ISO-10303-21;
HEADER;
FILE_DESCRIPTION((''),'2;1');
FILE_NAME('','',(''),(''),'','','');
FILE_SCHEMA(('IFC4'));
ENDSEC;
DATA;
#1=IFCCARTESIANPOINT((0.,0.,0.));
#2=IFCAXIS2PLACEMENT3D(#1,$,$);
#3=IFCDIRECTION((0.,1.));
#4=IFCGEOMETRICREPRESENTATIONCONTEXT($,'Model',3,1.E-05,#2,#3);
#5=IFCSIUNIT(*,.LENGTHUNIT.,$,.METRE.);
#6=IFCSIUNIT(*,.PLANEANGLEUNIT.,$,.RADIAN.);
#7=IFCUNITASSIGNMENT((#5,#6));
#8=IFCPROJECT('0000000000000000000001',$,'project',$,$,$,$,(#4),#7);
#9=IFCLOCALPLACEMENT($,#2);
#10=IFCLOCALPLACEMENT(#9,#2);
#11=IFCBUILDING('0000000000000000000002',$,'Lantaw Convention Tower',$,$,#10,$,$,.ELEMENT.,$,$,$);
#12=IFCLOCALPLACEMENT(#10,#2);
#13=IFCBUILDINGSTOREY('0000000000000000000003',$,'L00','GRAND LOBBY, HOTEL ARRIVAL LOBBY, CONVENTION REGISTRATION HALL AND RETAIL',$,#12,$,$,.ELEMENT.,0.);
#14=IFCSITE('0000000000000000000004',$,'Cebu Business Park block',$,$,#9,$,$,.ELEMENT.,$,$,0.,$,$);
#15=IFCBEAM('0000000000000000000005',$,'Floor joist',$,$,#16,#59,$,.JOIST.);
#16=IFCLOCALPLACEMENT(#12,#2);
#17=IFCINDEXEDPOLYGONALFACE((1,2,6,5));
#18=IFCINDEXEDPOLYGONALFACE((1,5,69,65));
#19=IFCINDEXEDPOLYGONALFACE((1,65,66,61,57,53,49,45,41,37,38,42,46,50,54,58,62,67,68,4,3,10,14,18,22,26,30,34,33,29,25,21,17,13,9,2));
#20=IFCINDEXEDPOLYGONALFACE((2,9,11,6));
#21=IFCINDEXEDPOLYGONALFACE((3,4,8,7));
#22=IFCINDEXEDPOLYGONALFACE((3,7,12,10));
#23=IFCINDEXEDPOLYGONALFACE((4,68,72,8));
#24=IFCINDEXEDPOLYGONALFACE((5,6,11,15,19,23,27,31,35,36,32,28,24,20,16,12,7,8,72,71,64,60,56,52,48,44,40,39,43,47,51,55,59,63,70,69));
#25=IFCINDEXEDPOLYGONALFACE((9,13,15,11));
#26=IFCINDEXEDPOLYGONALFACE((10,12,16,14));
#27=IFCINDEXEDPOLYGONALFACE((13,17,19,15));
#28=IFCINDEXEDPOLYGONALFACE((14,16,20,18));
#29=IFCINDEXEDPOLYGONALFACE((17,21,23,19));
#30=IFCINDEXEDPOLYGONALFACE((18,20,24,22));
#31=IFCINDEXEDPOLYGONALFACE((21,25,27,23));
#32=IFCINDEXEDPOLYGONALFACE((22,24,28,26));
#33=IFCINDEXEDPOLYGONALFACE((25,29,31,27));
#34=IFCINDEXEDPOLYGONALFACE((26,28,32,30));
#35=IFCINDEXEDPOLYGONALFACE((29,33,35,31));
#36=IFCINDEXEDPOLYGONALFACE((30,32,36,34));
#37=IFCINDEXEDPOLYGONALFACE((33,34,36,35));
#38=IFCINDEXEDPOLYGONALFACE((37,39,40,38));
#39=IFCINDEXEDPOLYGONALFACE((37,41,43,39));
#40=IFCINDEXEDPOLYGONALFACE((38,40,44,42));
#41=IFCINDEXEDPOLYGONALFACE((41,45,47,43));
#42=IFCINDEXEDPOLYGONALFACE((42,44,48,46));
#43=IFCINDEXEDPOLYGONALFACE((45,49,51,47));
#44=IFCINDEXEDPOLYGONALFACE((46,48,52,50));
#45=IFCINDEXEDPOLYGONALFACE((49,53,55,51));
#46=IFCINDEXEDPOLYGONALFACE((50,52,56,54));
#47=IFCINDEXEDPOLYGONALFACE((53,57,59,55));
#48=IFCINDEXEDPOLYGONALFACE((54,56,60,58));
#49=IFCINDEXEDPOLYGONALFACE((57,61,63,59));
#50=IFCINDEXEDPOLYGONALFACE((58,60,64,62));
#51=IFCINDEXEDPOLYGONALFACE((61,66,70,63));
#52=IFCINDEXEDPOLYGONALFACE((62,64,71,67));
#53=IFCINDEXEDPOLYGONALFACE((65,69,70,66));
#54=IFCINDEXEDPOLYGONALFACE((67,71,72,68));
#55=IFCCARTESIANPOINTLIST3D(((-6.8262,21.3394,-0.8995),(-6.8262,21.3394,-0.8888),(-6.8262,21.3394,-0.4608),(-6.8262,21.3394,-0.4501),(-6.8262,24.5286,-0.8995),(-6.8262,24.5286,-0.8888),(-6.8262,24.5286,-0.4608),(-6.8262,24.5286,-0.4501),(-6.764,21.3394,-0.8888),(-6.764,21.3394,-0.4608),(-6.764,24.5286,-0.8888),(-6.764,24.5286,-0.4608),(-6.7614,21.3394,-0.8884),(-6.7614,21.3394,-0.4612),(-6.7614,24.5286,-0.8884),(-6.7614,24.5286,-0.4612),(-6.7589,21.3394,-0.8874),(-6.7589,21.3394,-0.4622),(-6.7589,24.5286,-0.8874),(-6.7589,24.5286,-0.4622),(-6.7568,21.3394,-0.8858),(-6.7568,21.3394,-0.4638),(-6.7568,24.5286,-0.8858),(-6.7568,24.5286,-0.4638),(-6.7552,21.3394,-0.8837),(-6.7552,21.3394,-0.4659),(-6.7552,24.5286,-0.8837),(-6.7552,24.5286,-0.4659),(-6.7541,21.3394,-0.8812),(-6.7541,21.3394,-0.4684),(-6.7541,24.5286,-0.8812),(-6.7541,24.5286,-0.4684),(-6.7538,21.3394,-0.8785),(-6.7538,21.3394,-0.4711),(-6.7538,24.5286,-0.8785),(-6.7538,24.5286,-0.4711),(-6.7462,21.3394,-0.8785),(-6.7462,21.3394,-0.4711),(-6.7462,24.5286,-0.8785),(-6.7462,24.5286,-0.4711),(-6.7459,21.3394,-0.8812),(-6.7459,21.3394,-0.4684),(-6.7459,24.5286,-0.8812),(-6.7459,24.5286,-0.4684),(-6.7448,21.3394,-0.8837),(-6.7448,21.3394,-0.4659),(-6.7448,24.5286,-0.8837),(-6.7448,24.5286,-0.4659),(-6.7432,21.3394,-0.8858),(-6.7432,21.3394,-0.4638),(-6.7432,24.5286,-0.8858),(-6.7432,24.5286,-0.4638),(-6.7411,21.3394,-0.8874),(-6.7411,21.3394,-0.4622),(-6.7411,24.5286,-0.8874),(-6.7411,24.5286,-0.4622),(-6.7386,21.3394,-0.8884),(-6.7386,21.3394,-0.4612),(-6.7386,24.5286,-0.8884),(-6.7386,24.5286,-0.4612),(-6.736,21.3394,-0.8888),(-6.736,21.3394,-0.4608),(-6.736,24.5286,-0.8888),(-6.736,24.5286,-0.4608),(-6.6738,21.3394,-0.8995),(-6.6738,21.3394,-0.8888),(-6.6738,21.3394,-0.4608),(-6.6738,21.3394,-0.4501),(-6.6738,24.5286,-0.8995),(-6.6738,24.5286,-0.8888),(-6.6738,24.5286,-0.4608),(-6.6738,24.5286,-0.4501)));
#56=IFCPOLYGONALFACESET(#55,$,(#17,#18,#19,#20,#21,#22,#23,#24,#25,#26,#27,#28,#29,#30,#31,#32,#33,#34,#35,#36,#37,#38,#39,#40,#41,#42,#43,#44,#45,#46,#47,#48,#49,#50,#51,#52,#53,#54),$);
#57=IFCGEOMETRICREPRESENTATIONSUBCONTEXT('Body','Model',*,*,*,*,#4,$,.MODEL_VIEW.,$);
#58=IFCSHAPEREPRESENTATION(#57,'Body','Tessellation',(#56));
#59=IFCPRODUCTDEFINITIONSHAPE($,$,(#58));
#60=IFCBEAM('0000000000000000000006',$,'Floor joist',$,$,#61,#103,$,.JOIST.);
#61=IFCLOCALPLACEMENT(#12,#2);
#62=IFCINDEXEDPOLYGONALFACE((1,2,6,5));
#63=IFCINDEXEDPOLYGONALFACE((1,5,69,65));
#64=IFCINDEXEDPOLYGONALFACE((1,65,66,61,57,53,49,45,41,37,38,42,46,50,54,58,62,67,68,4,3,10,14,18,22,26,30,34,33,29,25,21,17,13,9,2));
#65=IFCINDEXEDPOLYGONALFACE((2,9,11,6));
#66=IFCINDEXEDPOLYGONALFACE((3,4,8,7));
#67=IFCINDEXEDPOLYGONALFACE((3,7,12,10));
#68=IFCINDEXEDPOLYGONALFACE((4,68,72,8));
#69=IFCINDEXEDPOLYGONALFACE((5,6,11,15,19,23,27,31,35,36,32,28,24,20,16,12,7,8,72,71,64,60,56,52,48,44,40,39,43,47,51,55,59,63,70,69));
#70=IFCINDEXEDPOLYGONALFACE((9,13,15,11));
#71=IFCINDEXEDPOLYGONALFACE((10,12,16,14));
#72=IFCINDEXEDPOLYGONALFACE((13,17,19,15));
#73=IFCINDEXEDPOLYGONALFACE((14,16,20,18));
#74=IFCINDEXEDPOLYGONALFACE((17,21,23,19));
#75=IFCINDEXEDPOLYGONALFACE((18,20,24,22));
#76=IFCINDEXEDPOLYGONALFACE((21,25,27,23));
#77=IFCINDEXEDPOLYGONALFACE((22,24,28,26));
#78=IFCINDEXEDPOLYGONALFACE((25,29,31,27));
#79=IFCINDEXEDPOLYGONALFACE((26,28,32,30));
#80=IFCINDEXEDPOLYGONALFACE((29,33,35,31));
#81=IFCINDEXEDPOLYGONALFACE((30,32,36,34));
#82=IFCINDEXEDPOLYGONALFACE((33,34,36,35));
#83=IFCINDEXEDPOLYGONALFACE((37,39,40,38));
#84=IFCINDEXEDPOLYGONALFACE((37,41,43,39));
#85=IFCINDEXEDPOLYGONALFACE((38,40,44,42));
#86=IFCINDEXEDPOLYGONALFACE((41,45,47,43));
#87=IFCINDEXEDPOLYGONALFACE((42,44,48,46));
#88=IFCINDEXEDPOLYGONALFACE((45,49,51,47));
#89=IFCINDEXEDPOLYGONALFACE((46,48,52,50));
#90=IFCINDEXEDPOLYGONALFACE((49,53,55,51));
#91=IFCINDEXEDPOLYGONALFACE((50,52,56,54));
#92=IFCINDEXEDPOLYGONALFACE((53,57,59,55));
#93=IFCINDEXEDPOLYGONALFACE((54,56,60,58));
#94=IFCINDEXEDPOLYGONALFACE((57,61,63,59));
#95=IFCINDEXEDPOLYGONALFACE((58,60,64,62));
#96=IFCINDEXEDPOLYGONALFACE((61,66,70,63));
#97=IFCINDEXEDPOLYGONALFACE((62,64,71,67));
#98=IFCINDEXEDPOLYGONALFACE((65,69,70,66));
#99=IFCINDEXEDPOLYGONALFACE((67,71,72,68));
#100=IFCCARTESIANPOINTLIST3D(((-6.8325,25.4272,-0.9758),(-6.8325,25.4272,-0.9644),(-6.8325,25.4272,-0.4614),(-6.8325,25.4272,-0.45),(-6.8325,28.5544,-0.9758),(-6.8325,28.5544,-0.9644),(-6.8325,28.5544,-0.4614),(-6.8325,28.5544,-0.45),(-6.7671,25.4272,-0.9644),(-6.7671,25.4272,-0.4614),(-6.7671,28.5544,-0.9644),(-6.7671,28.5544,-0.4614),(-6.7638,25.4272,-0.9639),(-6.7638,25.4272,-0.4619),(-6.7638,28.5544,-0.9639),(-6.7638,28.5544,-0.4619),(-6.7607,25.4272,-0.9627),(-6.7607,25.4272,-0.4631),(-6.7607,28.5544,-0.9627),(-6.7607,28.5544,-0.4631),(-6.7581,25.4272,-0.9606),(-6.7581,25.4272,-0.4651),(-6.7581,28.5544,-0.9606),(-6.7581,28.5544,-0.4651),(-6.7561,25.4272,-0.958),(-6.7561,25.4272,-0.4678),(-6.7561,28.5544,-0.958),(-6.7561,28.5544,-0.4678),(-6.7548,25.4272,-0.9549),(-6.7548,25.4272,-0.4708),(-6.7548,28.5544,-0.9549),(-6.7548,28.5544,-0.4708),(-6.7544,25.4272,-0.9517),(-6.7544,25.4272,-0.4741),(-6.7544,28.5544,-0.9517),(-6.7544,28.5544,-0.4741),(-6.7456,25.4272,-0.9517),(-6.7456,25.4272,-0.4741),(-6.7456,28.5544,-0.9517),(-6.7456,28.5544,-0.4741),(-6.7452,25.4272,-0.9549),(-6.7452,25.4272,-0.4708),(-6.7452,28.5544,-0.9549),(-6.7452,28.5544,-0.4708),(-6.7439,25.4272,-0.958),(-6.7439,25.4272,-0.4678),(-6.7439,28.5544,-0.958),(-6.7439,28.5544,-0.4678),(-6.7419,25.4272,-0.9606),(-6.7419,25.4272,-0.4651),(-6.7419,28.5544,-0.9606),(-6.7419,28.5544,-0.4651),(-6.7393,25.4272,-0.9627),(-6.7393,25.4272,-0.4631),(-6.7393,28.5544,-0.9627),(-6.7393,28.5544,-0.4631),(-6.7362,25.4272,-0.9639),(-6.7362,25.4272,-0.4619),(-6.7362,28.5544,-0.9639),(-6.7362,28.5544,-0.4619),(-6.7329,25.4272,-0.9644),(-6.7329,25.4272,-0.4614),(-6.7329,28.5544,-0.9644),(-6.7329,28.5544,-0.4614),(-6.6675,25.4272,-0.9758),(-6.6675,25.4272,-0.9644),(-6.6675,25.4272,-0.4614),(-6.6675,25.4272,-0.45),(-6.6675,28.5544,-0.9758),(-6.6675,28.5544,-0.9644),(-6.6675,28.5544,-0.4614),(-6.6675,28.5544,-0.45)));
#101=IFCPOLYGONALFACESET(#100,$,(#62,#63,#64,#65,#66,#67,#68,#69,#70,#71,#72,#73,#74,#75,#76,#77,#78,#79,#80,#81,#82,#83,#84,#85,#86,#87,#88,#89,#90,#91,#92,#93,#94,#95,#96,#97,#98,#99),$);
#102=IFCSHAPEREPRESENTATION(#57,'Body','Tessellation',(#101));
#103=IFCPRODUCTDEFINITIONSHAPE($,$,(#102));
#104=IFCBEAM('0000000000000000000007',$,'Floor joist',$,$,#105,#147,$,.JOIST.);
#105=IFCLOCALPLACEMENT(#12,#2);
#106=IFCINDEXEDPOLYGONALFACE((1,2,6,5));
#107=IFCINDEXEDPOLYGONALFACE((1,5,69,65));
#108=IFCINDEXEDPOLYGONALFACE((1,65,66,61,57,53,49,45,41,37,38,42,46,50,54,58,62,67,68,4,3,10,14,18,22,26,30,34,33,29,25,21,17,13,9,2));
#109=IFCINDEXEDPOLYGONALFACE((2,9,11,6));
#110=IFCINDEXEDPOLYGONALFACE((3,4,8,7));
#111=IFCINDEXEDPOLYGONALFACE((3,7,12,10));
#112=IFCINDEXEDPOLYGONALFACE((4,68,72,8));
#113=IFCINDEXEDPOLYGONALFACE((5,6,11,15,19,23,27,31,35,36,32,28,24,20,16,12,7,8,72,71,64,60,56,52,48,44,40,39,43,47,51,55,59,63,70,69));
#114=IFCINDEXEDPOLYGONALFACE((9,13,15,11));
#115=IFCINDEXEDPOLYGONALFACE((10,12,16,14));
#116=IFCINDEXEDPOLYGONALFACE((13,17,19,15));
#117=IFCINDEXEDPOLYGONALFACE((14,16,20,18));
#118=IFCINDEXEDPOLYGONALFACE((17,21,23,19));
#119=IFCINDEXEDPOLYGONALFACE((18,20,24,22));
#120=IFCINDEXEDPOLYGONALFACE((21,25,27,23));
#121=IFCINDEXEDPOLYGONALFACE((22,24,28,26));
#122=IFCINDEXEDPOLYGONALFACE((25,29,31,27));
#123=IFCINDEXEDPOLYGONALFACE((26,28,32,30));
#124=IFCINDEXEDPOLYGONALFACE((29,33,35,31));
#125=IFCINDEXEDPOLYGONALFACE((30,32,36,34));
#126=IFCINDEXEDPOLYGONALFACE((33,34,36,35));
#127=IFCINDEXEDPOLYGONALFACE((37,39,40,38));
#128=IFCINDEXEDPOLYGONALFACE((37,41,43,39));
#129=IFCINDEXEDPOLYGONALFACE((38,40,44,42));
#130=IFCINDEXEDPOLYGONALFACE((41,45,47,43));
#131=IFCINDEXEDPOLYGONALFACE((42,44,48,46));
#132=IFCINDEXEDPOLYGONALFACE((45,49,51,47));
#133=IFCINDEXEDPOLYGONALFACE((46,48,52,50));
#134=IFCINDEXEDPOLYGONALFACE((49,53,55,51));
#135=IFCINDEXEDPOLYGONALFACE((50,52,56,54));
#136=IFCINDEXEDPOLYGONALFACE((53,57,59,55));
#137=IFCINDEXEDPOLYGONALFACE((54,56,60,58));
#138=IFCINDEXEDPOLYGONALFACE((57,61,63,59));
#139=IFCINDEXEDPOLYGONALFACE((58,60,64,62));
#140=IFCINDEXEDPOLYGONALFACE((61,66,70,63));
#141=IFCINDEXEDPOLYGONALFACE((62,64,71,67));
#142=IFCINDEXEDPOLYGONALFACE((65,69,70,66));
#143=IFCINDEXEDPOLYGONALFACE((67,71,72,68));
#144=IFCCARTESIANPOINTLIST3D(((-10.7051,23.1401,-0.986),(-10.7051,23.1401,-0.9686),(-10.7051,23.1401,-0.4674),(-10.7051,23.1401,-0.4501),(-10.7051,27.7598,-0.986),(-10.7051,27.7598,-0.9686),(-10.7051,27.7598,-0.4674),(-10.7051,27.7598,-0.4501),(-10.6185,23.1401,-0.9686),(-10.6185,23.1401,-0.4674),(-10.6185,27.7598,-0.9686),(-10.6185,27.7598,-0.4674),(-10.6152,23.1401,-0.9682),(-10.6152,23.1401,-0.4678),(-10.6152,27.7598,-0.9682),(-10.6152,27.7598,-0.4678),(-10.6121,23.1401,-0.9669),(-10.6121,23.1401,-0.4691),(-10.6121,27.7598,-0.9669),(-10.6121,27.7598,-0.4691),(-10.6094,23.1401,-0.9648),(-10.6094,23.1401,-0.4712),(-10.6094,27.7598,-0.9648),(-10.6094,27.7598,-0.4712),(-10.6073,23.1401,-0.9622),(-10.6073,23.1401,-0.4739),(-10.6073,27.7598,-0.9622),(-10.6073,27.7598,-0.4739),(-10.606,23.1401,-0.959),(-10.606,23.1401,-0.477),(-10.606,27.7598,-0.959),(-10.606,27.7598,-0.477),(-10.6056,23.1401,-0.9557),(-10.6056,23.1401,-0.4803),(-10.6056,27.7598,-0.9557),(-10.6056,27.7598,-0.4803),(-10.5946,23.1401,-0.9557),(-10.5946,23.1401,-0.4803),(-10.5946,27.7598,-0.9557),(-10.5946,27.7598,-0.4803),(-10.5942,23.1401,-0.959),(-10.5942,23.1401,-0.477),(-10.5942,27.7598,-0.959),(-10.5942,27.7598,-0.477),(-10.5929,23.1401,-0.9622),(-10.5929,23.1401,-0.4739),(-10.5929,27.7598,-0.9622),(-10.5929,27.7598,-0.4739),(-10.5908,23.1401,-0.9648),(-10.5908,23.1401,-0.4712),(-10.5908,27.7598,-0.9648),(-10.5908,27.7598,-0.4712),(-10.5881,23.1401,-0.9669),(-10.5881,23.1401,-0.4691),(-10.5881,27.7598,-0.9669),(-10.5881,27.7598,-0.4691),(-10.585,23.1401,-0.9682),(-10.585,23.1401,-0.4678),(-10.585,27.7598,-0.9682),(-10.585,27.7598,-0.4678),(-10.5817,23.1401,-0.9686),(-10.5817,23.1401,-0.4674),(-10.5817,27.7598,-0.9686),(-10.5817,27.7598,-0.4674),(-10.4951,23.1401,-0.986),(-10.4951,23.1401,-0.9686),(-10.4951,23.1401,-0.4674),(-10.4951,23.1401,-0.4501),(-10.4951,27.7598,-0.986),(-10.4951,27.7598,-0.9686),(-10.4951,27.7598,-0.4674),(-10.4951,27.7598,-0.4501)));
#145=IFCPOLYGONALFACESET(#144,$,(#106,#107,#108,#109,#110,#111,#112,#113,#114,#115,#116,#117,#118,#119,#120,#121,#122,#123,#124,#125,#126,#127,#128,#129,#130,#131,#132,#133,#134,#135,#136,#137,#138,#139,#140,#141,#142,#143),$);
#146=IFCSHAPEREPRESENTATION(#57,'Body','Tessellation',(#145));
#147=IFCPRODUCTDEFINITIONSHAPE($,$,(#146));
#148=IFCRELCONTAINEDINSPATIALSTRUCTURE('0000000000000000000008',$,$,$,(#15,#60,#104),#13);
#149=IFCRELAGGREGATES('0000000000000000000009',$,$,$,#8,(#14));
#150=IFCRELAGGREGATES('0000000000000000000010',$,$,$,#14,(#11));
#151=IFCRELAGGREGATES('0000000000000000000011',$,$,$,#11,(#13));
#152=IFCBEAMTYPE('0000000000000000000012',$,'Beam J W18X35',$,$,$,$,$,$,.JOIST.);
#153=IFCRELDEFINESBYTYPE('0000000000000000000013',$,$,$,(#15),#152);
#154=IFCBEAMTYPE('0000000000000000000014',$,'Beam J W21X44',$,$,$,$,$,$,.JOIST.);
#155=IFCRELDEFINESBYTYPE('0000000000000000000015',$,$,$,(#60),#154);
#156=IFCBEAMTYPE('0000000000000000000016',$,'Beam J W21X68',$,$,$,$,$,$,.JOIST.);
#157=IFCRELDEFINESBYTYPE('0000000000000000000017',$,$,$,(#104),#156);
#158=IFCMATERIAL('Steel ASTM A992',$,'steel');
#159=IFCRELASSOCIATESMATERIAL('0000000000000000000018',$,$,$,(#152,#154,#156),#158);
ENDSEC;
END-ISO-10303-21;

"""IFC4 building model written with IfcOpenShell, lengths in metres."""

from ifc_helpers import new_model, si_unit, direction, frame, origin, origin_2d, place, context, subcontext, project, spatial, i_section, extrude, material, material_profile, profile_set, type_object, element, save


model = new_model("IFC4")

# Units and contexts
model_context = context("Model", 3, precision=1e-05, world=origin(), true_north=direction((0.0, 1.0)))
body_context = subcontext(model_context, "Body", "Model", "MODEL_VIEW")
ifc_project = project(units=[si_unit("LENGTHUNIT", "METRE"), si_unit("PLANEANGLEUNIT", "RADIAN")], contexts=[model_context])

# Site, building, storey
site_placement = place(None, origin())
site = spatial("IfcSite", under=ifc_project, at=site_placement, Name="Cebu Business Park block", CompositionType="ELEMENT", RefElevation=0.0)
building_placement = place(site_placement, origin())
building = spatial("IfcBuilding", under=site, at=building_placement, Name="Lantaw Convention Tower", CompositionType="ELEMENT")
storey_placement = place(building_placement, origin())
storey = spatial("IfcBuildingStorey", under=building, at=storey_placement, Name="L00", Description="GRAND LOBBY, HOTEL ARRIVAL LOBBY, CONVENTION REGISTRATION HALL AND RETAIL", CompositionType="ELEMENT", Elevation=0.0)

# Beams
ifc_material_1 = material(Name="Steel ASTM A992", Category="steel")
ifc_material_profile_1 = material_profile(ifc_material_1, i_section(OverallWidth=0.1523, OverallDepth=0.4495, WebThickness=0.0076, FlangeThickness=0.0107, FilletRadius=0.0103, at=origin_2d()), Name="W18X35")
ifc_profile_set_1 = profile_set([ifc_material_profile_1], Name="Steel ASTM A992")
beam_type_1 = type_object("IfcBeamType", Name="Beam J W18X35", PredefinedType="JOIST", material=ifc_profile_set_1)
beam_1_placement = place(storey_placement, frame((-6.75, 21.3394, -0.6748), z_axis=(0.0, 1.0, 0.0), x_axis=(-1.0, 0.0, 0.0)))
element("IfcBeam", 1, at=beam_1_placement, inside=storey, type_object=beam_type_1, Name="Floor joist", PredefinedType="JOIST", context=body_context, shape_type="SweptSolid", body=[
    extrude(i_section(OverallWidth=0.1523, OverallDepth=0.4495, WebThickness=0.0076, FlangeThickness=0.0107, FilletRadius=0.0103, at=origin_2d()), origin(), (0.0, 0.0, 1.0), 3.1892),
])
ifc_material_profile_2 = material_profile(ifc_material_1, i_section(OverallWidth=0.165, OverallDepth=0.5259, WebThickness=0.0088, FlangeThickness=0.0115, FilletRadius=0.0127, at=origin_2d()), Name="W21X44")
ifc_profile_set_2 = profile_set([ifc_material_profile_2], Name="Steel ASTM A992")
beam_type_2 = type_object("IfcBeamType", Name="Beam J W21X44", PredefinedType="JOIST", material=ifc_profile_set_2)
beam_2_placement = place(storey_placement, frame((-6.75, 25.4272, -0.7129), z_axis=(0.0, 1.0, 0.0), x_axis=(-1.0, 0.0, 0.0)))
element("IfcBeam", 2, at=beam_2_placement, inside=storey, type_object=beam_type_2, Name="Floor joist", PredefinedType="JOIST", context=body_context, shape_type="SweptSolid", body=[
    extrude(i_section(OverallWidth=0.165, OverallDepth=0.5259, WebThickness=0.0088, FlangeThickness=0.0115, FilletRadius=0.0127, at=origin_2d()), origin(), (0.0, 0.0, 1.0), 3.1272),
])
ifc_material_profile_3 = material_profile(ifc_material_1, i_section(OverallWidth=0.21, OverallDepth=0.5359, WebThickness=0.011, FlangeThickness=0.0173, FilletRadius=0.0129, at=origin_2d()), Name="W21X68")
ifc_profile_set_3 = profile_set([ifc_material_profile_3], Name="Steel ASTM A992")
beam_type_3 = type_object("IfcBeamType", Name="Beam J W21X68", PredefinedType="JOIST", material=ifc_profile_set_3)
beam_3_placement = place(storey_placement, frame((-10.6001, 23.1401, -0.718), z_axis=(0.0, 1.0, 0.0), x_axis=(-1.0, 0.0, 0.0)))
element("IfcBeam", 3, at=beam_3_placement, inside=storey, type_object=beam_type_3, Name="Floor joist", PredefinedType="JOIST", context=body_context, shape_type="SweptSolid", body=[
    extrude(i_section(OverallWidth=0.21, OverallDepth=0.5359, WebThickness=0.011, FlangeThickness=0.0173, FilletRadius=0.0129, at=origin_2d()), origin(), (0.0, 0.0, 1.0), 4.6196),
])

save(model, "model.ifc")
